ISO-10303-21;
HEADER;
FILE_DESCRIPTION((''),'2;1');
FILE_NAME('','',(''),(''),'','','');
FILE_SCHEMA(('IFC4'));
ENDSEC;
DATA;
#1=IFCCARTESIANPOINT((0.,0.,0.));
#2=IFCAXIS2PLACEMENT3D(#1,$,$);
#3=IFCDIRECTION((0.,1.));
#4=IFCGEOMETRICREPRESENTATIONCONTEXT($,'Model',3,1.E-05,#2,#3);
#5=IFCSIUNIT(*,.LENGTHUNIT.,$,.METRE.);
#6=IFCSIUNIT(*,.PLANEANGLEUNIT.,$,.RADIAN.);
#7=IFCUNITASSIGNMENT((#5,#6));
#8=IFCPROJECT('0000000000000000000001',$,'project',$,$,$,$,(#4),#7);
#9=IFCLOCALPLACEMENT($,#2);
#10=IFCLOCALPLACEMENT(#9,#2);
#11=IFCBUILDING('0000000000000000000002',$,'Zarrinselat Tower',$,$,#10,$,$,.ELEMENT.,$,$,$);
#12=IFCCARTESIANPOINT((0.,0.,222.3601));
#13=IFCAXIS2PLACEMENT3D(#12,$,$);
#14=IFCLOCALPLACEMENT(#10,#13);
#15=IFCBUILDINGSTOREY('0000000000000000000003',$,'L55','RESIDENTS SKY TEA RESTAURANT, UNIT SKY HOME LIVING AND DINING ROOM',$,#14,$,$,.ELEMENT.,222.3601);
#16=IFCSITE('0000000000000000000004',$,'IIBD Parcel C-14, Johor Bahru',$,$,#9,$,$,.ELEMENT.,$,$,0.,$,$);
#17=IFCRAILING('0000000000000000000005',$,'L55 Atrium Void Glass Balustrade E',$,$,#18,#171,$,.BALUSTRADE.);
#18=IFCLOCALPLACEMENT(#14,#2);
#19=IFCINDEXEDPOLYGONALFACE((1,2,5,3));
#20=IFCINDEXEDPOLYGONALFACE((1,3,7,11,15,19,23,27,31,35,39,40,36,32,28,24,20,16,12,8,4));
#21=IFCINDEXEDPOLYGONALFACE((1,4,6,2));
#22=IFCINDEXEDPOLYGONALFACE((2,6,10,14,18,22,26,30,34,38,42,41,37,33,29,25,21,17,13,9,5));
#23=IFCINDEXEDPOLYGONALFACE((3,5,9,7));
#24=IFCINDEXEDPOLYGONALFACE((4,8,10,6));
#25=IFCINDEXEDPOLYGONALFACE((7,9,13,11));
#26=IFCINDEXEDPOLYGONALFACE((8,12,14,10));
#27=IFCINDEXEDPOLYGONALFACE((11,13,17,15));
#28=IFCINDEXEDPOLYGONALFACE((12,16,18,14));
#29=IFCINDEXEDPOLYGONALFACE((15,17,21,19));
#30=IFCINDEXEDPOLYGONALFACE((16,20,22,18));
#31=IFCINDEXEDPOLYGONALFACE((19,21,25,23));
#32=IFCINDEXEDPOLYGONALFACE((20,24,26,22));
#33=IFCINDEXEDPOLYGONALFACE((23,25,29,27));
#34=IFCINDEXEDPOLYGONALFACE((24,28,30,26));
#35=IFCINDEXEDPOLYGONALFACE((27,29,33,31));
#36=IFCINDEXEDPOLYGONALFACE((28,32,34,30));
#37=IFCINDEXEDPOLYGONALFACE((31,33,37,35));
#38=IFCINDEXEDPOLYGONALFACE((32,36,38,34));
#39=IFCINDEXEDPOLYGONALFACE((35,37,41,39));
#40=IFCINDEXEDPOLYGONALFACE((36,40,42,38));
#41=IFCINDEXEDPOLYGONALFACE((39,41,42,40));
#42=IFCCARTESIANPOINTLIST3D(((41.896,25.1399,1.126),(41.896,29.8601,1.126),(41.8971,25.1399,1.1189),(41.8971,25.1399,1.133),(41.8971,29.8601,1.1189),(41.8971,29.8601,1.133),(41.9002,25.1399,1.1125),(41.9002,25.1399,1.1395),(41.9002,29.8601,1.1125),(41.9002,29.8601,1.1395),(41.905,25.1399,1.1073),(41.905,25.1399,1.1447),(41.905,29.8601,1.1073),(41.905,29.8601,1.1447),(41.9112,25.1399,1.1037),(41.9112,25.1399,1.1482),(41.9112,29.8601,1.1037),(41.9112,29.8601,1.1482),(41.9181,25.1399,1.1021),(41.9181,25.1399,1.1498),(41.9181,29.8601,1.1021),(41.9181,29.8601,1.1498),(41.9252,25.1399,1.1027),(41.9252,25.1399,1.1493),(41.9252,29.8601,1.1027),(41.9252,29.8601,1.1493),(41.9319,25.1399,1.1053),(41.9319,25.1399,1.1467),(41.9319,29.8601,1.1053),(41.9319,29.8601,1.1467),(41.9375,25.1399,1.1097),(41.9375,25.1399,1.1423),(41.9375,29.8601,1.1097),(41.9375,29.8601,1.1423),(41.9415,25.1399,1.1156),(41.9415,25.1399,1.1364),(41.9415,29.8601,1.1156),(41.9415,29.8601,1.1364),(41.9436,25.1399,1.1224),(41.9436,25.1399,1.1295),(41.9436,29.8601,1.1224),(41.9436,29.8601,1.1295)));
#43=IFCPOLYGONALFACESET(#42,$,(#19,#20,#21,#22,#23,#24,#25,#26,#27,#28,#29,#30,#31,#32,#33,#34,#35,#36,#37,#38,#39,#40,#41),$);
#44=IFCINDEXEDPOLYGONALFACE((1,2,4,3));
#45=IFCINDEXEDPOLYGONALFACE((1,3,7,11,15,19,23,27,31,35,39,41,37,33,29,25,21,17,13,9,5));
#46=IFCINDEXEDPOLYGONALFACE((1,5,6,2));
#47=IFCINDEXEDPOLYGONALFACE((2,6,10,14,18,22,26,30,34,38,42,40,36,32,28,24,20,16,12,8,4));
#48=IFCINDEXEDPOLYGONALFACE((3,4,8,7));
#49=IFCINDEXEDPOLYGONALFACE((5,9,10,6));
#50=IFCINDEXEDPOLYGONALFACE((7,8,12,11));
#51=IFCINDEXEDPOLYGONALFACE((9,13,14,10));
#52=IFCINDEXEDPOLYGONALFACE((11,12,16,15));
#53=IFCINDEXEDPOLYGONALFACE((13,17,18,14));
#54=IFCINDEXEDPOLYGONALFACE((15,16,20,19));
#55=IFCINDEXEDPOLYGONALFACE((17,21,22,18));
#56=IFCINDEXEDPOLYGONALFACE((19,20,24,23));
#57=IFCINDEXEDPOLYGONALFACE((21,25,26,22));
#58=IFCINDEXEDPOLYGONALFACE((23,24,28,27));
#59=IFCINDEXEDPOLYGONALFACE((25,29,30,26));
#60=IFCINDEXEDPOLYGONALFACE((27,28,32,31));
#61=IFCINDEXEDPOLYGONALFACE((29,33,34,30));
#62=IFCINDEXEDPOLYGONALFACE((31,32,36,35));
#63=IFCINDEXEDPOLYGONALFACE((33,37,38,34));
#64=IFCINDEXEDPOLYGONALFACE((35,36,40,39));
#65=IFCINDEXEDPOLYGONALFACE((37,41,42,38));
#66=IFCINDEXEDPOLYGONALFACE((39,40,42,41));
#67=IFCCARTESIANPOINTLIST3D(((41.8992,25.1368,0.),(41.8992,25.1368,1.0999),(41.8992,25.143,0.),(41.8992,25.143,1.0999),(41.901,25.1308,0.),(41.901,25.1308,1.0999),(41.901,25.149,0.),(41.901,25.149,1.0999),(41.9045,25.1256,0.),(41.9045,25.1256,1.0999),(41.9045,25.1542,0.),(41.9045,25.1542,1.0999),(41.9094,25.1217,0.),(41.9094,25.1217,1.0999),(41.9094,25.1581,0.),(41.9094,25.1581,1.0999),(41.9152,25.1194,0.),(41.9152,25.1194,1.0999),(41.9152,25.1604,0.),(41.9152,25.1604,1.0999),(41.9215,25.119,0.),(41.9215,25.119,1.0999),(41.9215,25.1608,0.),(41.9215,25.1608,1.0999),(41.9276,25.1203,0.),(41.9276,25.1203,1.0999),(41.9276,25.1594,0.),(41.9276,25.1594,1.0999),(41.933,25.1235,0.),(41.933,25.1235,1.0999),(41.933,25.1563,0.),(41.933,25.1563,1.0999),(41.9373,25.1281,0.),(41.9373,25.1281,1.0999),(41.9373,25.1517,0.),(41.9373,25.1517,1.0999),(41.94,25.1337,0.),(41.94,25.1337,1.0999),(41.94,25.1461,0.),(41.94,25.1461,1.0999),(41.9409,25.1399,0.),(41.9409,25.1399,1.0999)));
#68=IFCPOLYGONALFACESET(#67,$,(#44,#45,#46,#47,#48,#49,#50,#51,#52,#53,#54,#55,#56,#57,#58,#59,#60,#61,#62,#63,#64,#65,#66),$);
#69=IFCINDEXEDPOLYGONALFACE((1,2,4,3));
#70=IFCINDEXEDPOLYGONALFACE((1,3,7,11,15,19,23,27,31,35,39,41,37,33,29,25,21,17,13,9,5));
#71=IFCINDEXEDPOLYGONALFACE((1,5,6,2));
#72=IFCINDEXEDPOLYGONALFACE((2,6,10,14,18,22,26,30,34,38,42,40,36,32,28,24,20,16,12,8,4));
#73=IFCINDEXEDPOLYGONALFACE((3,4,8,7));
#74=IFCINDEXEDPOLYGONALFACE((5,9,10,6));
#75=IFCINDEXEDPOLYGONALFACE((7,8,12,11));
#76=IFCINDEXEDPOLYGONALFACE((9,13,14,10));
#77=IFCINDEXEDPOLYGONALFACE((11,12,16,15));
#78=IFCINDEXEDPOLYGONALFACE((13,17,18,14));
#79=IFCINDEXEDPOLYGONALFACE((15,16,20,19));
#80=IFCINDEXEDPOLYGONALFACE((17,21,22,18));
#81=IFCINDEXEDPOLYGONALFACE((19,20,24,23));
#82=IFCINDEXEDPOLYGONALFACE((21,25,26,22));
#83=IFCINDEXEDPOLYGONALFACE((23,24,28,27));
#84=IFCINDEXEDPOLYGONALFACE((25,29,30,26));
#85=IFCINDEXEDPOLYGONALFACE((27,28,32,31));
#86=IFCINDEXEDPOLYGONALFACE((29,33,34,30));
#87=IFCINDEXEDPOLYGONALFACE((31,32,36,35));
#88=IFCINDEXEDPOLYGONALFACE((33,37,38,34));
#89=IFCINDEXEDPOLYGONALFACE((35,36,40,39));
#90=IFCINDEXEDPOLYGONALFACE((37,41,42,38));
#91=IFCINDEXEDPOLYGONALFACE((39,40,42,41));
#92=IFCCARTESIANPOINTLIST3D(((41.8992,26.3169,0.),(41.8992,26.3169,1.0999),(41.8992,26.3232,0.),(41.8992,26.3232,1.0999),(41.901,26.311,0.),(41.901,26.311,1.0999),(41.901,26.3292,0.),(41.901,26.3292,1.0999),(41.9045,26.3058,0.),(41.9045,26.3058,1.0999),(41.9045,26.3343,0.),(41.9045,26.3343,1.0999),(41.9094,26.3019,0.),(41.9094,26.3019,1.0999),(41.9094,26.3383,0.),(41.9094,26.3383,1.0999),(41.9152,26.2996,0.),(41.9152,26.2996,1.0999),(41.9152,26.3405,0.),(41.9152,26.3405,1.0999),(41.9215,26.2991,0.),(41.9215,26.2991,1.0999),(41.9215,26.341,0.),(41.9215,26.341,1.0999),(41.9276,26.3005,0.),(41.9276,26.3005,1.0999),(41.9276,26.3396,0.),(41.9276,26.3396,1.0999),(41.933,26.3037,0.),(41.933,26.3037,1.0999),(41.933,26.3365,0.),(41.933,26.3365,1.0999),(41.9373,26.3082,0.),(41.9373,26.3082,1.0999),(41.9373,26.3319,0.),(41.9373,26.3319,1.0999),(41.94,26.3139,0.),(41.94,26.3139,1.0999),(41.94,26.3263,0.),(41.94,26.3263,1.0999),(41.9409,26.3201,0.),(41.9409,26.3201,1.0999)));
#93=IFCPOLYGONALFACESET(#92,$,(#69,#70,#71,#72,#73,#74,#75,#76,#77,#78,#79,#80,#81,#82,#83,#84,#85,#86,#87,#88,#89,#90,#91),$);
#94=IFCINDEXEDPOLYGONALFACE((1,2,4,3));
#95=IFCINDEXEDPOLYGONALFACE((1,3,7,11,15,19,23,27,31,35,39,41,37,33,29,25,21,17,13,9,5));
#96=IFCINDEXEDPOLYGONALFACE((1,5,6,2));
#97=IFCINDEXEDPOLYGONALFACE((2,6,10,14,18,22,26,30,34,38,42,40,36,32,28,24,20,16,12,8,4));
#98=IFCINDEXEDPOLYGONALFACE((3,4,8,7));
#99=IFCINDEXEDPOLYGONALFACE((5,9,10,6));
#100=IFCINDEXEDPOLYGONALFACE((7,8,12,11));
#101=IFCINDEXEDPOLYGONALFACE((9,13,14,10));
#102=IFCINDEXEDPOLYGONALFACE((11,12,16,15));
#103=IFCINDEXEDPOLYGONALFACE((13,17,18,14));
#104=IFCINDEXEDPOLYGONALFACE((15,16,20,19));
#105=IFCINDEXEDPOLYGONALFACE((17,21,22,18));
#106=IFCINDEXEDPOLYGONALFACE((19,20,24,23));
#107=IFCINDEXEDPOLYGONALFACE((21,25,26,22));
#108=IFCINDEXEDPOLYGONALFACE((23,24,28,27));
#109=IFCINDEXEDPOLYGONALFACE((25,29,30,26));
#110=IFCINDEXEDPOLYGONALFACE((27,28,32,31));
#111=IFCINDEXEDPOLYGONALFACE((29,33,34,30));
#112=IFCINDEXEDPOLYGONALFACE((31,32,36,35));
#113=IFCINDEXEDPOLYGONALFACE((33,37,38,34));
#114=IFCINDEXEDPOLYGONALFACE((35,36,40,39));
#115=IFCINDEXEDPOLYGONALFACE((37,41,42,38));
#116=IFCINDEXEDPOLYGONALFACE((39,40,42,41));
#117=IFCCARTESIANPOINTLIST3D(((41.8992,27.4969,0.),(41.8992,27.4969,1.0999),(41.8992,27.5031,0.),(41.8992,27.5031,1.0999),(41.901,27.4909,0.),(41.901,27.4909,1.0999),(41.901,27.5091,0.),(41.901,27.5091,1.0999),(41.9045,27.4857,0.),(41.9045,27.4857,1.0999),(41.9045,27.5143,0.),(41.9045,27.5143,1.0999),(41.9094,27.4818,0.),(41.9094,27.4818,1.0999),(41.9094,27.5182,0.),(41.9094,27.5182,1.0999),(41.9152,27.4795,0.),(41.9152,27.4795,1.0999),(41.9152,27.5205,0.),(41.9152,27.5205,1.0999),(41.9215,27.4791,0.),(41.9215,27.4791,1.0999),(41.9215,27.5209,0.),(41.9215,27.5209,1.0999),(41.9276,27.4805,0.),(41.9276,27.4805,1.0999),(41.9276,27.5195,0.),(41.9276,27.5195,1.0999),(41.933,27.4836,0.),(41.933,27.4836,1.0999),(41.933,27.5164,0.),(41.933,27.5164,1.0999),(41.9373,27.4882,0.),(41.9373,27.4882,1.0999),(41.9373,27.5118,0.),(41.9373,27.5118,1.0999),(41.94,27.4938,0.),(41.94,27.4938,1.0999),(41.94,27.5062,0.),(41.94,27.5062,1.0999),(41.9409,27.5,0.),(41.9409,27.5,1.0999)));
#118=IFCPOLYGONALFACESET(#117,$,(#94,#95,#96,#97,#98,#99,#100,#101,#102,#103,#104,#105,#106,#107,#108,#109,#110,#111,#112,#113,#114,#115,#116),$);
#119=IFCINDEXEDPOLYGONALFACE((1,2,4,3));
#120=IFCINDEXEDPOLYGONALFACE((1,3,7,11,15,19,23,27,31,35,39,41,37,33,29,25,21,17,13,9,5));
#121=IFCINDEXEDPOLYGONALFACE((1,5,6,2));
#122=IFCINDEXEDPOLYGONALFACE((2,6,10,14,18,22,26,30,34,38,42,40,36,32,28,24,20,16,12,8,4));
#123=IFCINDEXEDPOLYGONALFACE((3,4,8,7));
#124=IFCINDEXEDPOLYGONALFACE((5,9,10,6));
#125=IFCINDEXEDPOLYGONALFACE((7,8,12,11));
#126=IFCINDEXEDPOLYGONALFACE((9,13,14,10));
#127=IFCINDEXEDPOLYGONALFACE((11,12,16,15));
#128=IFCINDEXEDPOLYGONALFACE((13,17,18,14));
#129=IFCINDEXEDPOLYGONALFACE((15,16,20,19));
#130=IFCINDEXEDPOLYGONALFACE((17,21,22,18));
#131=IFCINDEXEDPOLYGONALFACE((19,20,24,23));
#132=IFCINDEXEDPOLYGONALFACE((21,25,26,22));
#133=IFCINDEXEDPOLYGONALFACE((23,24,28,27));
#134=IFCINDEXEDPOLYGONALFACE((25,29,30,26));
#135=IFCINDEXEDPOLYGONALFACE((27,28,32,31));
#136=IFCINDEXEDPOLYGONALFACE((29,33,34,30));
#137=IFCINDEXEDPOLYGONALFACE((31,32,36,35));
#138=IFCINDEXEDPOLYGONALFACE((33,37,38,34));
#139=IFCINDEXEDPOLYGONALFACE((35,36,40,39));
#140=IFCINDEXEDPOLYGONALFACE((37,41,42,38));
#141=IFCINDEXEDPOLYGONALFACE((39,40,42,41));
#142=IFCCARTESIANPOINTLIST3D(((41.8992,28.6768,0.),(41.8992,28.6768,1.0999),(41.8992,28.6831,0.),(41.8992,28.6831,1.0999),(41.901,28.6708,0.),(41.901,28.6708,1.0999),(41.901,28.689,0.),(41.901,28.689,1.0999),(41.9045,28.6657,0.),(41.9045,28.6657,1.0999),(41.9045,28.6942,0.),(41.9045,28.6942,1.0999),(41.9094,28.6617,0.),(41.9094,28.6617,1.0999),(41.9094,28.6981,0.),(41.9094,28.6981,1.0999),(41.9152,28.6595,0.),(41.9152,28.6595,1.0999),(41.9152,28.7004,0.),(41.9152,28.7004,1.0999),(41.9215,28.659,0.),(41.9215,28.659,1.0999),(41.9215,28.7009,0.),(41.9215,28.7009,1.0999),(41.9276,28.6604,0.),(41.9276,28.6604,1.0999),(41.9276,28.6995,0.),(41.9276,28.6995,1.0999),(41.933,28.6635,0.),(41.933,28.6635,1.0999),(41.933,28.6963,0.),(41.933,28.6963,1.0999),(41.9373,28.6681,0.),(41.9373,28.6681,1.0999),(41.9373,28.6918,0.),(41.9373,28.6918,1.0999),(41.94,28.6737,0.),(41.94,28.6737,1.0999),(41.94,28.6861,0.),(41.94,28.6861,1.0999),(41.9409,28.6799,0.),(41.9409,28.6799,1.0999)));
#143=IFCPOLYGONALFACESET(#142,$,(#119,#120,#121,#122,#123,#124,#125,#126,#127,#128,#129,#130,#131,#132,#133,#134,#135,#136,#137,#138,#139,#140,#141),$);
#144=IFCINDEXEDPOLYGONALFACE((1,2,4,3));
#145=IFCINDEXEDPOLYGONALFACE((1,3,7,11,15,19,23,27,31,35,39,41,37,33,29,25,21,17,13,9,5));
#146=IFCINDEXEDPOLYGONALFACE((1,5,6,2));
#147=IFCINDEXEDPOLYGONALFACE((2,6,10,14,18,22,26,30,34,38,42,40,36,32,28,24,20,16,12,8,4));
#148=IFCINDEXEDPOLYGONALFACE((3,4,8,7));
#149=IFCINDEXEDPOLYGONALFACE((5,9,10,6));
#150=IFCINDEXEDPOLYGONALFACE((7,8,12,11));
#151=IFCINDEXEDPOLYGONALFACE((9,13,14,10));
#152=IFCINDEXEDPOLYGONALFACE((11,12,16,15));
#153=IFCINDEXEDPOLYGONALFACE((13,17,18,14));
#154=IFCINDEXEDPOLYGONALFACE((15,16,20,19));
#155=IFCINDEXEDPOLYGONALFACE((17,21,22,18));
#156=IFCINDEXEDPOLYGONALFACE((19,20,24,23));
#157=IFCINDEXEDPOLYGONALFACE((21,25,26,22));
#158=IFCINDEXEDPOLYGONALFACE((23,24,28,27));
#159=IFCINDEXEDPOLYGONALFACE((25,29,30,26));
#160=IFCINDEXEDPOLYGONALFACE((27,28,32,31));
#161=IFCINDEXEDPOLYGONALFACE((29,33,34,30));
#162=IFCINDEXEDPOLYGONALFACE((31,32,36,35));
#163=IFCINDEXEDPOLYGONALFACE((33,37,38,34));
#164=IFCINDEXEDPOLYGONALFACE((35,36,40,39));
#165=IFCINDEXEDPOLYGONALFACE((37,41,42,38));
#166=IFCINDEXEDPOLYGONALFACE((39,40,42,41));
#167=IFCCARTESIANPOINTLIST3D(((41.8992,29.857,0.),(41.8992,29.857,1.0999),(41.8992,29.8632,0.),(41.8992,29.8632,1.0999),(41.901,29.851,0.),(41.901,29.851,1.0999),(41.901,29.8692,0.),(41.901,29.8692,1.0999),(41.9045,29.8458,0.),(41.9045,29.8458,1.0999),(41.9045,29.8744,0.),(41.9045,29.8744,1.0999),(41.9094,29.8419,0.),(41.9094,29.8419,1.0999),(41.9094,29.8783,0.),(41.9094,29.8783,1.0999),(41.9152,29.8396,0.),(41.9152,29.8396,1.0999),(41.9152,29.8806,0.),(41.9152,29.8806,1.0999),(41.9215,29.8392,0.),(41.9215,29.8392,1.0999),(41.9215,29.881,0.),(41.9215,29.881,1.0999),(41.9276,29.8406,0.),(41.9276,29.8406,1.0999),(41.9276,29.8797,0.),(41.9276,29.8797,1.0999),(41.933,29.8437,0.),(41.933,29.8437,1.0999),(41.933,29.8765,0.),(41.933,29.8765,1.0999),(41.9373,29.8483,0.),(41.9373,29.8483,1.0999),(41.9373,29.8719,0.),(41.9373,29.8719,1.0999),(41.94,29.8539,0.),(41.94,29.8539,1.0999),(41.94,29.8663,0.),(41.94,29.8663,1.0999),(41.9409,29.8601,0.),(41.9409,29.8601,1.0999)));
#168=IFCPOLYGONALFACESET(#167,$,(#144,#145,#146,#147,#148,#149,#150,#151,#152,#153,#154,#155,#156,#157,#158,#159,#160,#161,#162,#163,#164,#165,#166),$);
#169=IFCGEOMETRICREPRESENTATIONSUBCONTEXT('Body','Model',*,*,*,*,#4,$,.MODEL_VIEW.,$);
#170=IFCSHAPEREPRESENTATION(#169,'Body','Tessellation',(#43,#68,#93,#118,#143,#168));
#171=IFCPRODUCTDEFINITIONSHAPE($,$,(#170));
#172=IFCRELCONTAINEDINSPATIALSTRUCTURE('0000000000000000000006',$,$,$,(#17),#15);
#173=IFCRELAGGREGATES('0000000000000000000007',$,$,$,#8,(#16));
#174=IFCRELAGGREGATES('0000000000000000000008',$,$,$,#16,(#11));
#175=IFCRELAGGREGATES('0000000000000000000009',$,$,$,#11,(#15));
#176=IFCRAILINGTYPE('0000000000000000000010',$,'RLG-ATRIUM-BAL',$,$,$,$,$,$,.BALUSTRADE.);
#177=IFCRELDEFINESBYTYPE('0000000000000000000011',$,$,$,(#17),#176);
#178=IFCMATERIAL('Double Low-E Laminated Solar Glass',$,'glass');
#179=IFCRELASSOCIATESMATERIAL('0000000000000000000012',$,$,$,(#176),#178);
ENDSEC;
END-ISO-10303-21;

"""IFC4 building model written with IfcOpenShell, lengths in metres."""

from ifc_helpers import new_model, si_unit, direction, frame, origin, origin_2d, place, context, subcontext, project, spatial, circle, extrude, material, type_object, element, save


model = new_model("IFC4")

# Units and contexts
model_context = context("Model", 3, precision=1e-05, world=origin(), true_north=direction((0.0, 1.0)))
body_context = subcontext(model_context, "Body", "Model", "MODEL_VIEW")
ifc_project = project(units=[si_unit("LENGTHUNIT", "METRE"), si_unit("PLANEANGLEUNIT", "RADIAN")], contexts=[model_context])

# Site, building, storey
site_placement = place(None, origin())
site = spatial("IfcSite", under=ifc_project, at=site_placement, Name="IIBD Parcel C-14, Johor Bahru", CompositionType="ELEMENT", RefElevation=0.0)
building_placement = place(site_placement, origin())
building = spatial("IfcBuilding", under=site, at=building_placement, Name="Zarrinselat Tower", CompositionType="ELEMENT")
storey_placement = place(building_placement, frame((0.0, 0.0, 222.3601)))
storey = spatial("IfcBuildingStorey", under=building, at=storey_placement, Name="L55", Description="RESIDENTS SKY TEA RESTAURANT, UNIT SKY HOME LIVING AND DINING ROOM", CompositionType="ELEMENT", Elevation=222.3601)

# Railing
ifc_material_1 = material(Name="Double Low-E Laminated Solar Glass", Category="glass")
railing_type = type_object("IfcRailingType", Name="RLG-ATRIUM-BAL", PredefinedType="BALUSTRADE", material=ifc_material_1)
railing_1_placement = place(storey_placement, frame((41.9199, 25.1399, 0.0)))
element("IfcRailing", 1, at=railing_1_placement, inside=storey, type_object=railing_type, Name="L55 Atrium Void Glass Balustrade E", PredefinedType="BALUSTRADE", context=body_context, shape_type="SweptSolid", body=[
    extrude(circle(Radius=0.0239, at=origin_2d()), frame((0.0, 0.0, 1.126), z_axis=(0.0, 1.0, 0.0), x_axis=(-1.0, 0.0, 0.0)), (0.0, 0.0, 1.0), 4.7202),
    extrude(circle(Radius=0.021, at=origin_2d()), origin(), (0.0, 0.0, 1.0), 1.0999),
    extrude(circle(Radius=0.021, at=origin_2d()), frame((0.0, 1.1802, 0.0)), (0.0, 0.0, 1.0), 1.0999),
    extrude(circle(Radius=0.021, at=origin_2d()), frame((0.0, 2.3601, 0.0)), (0.0, 0.0, 1.0), 1.0999),
    extrude(circle(Radius=0.021, at=origin_2d()), frame((0.0, 3.54, 0.0)), (0.0, 0.0, 1.0), 1.0999),
    extrude(circle(Radius=0.021, at=origin_2d()), frame((0.0, 4.7202, 0.0)), (0.0, 0.0, 1.0), 1.0999),
])

save(model, "model.ifc")
